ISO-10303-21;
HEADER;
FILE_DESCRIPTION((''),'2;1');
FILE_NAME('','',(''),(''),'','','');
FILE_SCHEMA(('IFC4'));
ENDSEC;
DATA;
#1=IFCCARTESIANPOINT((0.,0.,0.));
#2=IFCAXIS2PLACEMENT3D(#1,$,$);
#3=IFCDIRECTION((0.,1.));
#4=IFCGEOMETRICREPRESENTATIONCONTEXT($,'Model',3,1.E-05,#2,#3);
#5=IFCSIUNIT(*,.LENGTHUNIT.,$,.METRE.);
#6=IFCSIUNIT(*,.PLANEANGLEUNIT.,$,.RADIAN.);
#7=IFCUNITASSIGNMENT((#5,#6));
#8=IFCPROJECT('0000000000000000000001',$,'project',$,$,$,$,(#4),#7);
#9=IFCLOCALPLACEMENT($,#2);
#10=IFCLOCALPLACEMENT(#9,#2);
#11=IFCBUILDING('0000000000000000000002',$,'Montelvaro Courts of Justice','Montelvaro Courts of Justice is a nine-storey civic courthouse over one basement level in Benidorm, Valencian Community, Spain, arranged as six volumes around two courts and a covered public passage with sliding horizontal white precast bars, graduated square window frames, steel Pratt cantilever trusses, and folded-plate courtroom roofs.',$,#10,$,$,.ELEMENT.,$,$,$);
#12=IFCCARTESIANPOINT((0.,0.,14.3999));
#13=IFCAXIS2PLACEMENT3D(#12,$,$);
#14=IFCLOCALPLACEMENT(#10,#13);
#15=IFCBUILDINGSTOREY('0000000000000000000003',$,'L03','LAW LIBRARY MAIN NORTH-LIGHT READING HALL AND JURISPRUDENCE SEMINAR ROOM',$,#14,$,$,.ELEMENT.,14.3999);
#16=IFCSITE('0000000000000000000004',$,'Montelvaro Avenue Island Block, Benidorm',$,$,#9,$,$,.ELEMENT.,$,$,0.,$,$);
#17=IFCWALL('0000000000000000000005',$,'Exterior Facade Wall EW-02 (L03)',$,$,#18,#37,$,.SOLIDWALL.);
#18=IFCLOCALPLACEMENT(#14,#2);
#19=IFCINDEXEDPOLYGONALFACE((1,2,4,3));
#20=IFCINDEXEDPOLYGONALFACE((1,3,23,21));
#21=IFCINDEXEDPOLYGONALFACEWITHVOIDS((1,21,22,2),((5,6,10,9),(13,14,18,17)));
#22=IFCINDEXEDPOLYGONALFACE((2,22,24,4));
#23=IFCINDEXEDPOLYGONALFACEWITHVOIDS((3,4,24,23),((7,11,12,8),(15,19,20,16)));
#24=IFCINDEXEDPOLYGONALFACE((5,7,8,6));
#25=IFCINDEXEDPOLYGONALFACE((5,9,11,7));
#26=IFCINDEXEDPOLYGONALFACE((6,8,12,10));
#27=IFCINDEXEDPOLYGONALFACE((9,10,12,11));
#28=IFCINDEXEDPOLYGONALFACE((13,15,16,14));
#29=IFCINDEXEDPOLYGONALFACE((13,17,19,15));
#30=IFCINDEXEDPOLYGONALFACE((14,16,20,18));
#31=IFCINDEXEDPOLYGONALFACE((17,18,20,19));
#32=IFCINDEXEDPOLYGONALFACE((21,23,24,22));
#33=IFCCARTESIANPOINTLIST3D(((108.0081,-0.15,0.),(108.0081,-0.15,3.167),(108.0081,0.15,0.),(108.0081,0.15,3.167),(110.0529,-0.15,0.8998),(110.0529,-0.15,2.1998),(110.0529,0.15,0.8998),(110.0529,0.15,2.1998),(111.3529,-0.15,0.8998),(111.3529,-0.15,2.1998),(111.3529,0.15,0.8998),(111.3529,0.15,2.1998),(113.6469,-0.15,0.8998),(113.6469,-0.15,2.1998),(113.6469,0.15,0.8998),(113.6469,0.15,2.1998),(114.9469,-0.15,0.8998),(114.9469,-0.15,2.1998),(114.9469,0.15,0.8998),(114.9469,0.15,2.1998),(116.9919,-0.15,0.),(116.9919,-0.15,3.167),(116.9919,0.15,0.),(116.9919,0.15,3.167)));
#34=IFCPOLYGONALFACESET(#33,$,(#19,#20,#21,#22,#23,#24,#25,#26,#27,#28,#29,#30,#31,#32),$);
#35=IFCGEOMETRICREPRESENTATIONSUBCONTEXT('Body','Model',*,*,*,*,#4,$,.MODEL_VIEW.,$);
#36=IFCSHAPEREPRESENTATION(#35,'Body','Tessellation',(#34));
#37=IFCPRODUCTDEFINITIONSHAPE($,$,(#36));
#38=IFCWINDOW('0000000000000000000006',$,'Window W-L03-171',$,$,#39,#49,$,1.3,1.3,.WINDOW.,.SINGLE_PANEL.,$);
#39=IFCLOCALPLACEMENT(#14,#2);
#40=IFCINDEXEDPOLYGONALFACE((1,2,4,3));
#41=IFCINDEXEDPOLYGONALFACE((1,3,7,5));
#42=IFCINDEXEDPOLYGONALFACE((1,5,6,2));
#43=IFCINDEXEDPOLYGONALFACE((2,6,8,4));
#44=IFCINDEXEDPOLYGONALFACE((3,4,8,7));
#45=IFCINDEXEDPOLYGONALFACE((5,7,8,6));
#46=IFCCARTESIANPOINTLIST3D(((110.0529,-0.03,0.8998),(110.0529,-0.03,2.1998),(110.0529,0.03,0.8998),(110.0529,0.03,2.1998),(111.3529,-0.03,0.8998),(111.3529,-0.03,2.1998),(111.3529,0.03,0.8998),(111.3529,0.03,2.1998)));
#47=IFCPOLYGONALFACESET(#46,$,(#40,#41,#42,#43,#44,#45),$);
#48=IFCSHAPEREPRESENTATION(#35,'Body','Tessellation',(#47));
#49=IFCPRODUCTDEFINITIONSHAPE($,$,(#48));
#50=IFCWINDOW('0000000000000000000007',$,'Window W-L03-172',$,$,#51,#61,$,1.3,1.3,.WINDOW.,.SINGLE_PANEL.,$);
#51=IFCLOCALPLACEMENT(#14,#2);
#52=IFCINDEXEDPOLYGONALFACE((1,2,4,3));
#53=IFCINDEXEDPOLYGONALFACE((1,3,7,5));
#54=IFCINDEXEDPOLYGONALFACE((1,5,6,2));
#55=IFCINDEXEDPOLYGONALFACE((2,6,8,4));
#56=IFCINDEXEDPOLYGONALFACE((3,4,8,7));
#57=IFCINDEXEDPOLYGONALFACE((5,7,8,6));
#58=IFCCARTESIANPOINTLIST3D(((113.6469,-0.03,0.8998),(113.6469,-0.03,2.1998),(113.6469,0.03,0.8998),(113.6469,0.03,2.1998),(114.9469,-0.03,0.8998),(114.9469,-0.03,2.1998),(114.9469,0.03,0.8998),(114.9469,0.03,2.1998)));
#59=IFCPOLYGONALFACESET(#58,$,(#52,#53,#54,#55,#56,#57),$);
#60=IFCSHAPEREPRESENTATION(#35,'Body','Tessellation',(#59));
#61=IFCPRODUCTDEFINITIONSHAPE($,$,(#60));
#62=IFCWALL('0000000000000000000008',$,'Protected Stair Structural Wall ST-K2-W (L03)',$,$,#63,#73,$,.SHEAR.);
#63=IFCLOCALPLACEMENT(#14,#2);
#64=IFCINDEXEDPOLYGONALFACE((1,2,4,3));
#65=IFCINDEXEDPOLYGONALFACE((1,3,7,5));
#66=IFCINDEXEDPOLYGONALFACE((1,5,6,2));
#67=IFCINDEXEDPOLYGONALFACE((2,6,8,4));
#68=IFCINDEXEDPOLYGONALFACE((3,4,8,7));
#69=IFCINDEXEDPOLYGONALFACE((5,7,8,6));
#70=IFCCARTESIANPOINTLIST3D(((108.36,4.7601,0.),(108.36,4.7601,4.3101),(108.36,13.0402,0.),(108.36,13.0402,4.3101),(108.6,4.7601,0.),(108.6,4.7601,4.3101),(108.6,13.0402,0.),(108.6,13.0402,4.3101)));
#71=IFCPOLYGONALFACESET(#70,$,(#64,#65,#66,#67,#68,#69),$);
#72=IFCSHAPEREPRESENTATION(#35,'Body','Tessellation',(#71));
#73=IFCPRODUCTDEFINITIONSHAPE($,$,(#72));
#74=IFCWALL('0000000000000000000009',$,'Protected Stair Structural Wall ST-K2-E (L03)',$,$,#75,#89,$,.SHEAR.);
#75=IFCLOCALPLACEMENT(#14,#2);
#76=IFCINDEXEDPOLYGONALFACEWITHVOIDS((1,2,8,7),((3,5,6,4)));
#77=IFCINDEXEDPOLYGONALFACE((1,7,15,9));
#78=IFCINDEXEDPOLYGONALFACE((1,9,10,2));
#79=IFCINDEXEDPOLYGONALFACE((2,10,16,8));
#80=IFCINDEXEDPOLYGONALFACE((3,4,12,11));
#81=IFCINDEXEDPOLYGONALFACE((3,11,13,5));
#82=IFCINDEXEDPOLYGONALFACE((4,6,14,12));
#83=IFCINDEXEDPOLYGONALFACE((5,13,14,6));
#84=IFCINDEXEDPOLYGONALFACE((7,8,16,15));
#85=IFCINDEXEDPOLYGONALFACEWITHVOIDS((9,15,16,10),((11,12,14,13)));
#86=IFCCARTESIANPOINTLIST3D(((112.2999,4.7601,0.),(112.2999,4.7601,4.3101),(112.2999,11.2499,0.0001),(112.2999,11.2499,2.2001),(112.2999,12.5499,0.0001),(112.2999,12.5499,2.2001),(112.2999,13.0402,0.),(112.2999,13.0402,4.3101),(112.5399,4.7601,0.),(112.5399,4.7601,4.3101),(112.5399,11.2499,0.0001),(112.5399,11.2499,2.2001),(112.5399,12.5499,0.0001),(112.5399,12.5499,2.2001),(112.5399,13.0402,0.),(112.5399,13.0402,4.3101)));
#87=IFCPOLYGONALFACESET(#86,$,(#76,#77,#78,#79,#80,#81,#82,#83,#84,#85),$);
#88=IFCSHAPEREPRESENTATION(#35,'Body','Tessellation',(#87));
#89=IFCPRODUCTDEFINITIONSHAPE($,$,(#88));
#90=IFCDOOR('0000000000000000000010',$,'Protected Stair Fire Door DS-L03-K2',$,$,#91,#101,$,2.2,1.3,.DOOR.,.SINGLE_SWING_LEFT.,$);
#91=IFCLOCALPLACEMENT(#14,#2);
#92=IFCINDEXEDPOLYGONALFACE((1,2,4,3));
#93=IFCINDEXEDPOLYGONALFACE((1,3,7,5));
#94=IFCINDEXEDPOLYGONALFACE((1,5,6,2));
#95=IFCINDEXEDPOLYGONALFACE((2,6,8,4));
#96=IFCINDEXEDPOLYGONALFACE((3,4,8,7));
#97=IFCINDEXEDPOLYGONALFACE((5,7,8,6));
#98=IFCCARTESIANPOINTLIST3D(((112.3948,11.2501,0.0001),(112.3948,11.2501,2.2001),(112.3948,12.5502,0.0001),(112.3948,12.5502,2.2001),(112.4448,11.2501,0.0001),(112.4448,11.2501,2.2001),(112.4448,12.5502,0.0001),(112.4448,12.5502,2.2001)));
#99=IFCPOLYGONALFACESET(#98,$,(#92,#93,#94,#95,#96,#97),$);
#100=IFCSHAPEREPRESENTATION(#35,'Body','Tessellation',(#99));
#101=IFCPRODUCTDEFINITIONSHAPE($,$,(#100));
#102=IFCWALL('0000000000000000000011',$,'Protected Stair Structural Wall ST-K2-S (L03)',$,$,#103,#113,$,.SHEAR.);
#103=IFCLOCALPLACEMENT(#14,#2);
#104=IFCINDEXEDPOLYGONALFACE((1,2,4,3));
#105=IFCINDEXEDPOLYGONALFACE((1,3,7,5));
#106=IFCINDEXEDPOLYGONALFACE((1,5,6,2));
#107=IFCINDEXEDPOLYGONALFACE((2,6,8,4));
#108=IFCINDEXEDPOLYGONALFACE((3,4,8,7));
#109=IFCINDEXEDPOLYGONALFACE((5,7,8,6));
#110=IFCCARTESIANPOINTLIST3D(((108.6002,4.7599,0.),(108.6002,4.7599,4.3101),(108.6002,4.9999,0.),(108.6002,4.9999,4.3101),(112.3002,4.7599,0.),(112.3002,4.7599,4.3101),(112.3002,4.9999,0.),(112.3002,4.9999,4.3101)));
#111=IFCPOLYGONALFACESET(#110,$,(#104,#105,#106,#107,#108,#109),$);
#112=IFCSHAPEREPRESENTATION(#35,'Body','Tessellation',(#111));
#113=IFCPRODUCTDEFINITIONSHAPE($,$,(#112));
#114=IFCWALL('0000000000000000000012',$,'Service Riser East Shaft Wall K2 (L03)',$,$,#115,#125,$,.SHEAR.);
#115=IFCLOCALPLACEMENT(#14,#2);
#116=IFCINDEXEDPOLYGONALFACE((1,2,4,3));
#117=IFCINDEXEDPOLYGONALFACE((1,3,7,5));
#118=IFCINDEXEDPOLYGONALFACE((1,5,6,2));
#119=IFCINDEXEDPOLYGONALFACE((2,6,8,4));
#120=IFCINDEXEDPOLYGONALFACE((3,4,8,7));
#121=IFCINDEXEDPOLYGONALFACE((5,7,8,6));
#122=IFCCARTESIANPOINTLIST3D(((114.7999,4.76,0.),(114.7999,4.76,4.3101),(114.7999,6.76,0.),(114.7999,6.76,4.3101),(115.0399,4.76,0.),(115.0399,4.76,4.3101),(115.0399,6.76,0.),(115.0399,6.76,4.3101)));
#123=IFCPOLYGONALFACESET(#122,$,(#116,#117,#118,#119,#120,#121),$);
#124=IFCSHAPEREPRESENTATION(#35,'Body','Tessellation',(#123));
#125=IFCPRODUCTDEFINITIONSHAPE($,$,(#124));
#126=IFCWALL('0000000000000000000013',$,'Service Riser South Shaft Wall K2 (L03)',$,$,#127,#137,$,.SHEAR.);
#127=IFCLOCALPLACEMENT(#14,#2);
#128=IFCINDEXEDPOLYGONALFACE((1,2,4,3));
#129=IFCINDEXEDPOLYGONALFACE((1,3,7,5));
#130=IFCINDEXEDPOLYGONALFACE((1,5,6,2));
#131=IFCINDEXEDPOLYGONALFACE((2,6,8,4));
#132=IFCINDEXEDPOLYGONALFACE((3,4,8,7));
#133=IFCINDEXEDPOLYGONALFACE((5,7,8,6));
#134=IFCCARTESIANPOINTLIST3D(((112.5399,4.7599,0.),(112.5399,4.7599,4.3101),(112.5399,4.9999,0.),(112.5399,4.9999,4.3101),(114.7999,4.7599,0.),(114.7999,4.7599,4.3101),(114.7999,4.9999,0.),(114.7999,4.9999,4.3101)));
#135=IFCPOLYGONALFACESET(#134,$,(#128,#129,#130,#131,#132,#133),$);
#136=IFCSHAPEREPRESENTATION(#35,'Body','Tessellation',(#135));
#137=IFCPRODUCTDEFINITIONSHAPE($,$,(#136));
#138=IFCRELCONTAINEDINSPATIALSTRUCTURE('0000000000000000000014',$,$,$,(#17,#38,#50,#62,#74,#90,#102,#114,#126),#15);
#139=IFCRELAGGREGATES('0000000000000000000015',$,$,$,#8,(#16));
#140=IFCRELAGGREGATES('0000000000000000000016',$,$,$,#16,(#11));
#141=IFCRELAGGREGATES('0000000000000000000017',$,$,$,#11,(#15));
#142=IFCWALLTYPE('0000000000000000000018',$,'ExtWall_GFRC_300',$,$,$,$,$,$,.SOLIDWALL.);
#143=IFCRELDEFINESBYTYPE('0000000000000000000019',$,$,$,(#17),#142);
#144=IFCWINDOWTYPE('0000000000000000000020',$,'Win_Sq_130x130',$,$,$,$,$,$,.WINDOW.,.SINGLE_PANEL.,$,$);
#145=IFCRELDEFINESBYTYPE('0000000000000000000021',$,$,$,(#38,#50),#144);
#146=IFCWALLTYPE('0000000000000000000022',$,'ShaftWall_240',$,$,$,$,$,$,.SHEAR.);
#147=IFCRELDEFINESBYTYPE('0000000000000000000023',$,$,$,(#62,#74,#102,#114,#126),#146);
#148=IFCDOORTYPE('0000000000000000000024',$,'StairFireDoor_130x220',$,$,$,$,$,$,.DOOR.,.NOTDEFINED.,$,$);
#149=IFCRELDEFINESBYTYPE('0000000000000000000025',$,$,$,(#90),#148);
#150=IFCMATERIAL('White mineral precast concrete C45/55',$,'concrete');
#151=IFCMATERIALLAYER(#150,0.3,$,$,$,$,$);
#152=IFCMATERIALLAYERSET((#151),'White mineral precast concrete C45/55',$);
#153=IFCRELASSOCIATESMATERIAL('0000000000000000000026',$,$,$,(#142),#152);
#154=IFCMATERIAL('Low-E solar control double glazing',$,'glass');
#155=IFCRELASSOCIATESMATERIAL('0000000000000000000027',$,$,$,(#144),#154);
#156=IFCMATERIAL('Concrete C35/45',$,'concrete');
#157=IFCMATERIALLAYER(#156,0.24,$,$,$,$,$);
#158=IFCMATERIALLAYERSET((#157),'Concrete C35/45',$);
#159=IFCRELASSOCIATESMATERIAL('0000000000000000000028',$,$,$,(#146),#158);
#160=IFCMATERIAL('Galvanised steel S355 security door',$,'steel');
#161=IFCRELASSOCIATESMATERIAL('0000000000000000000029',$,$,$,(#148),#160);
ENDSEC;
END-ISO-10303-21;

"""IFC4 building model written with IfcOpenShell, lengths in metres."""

from ifc_helpers import new_model, si_unit, direction, frame, frame_2d, origin, place, context, subcontext, project, spatial, rectangle, extrude, material, layer, layer_set, type_object, element, fill, save


model = new_model("IFC4")

# Units and contexts
model_context = context("Model", 3, precision=1e-05, world=origin(), true_north=direction((0.0, 1.0)))
body_context = subcontext(model_context, "Body", "Model", "MODEL_VIEW")
ifc_project = project(units=[si_unit("LENGTHUNIT", "METRE"), si_unit("PLANEANGLEUNIT", "RADIAN")], contexts=[model_context])

# Site, building, storey
site_placement = place(None, origin())
site = spatial("IfcSite", under=ifc_project, at=site_placement, Name="Montelvaro Avenue Island Block, Benidorm", CompositionType="ELEMENT", RefElevation=0.0)
building_placement = place(site_placement, origin())
building = spatial("IfcBuilding", under=site, at=building_placement, Name="Montelvaro Courts of Justice", Description="Montelvaro Courts of Justice is a nine-storey civic courthouse over one basement level in Benidorm, Valencian Community, Spain, arranged as six volumes around two courts and a covered public passage with sliding horizontal white precast bars, graduated square window frames, steel Pratt cantilever trusses, and folded-plate courtroom roofs.", CompositionType="ELEMENT")
storey_placement = place(building_placement, frame((0.0, 0.0, 14.3999)))
storey = spatial("IfcBuildingStorey", under=building, at=storey_placement, Name="L03", Description="LAW LIBRARY MAIN NORTH-LIGHT READING HALL AND JURISPRUDENCE SEMINAR ROOM", CompositionType="ELEMENT", Elevation=14.3999)

# Shared definitions
ifc_material_1 = material(Name="White mineral precast concrete C45/55", Category="concrete")

# Wall, openings, windows
ifc_layer_1 = layer(ifc_material_1, 0.3)
ifc_layer_set_1 = layer_set([ifc_layer_1], Name="White mineral precast concrete C45/55")
wall_type_1 = type_object("IfcWallType", Name="ExtWall_GFRC_300", PredefinedType="SOLIDWALL", material=ifc_layer_set_1)
wall_1_placement = place(storey_placement, frame((108.0081, 0.0, 0.0), z_axis=(0.0, 0.0, 1.0), x_axis=(1.0, 0.0, 0.0)))
wall_1 = element("IfcWall", 1, at=wall_1_placement, inside=storey, type_object=wall_type_1, Name="Exterior Facade Wall EW-02 (L03)", PredefinedType="SOLIDWALL", context=body_context, shape_type="SweptSolid", body=[
    extrude(rectangle(XDim=8.9839, YDim=0.3, at=frame_2d((4.4919, 0.0))), origin(), (0.0, 0.0, 1.0), 3.167),
])
opening_1_placement = place(wall_1_placement, frame((2.0449, 0.0, 0.8999)))
opening_1 = element("IfcOpeningElement", 2, at=opening_1_placement, cuts=wall_1, PredefinedType="OPENING", context=body_context, shape_type="SweptSolid", body=[
    extrude(rectangle(XDim=1.3, YDim=1.3, at=frame_2d((0.6499, 0.6499))), frame((0.0, 0.165, 0.0), z_axis=(0.0, -1.0, 0.0), x_axis=(1.0, 0.0, 0.0)), (0.0, 0.0, 1.0), 0.3298),
])
opening_2_placement = place(wall_1_placement, frame((5.6389, 0.0, 0.8999)))
opening_2 = element("IfcOpeningElement", 3, at=opening_2_placement, cuts=wall_1, PredefinedType="OPENING", context=body_context, shape_type="SweptSolid", body=[
    extrude(rectangle(XDim=1.3, YDim=1.3, at=frame_2d((0.6499, 0.6499))), frame((0.0, 0.165, 0.0), z_axis=(0.0, -1.0, 0.0), x_axis=(1.0, 0.0, 0.0)), (0.0, 0.0, 1.0), 0.3298),
])
ifc_material_2 = material(Name="Low-E solar control double glazing", Category="glass")
window_type = type_object("IfcWindowType", Name="Win_Sq_130x130", PartitioningType="SINGLE_PANEL", PredefinedType="WINDOW", material=ifc_material_2)
window_1_placement = place(opening_1_placement, origin())
window_1 = element("IfcWindow", 4, at=window_1_placement, inside=storey, type_object=window_type, Name="Window W-L03-171", OverallHeight=1.3, OverallWidth=1.3, PartitioningType="SINGLE_PANEL", PredefinedType="WINDOW", context=body_context, shape_type="SweptSolid", body=[
    extrude(rectangle(XDim=1.3, YDim=1.3, at=frame_2d((0.6499, 0.6499))), frame((0.0, 0.03, 0.0), z_axis=(0.0, -1.0, 0.0), x_axis=(1.0, 0.0, 0.0)), (0.0, 0.0, 1.0), 0.0601),
])
fill(opening_1, window_1)
window_2_placement = place(opening_2_placement, origin())
window_2 = element("IfcWindow", 5, at=window_2_placement, inside=storey, type_object=window_type, Name="Window W-L03-172", OverallHeight=1.3, OverallWidth=1.3, PartitioningType="SINGLE_PANEL", PredefinedType="WINDOW", context=body_context, shape_type="SweptSolid", body=[
    extrude(rectangle(XDim=1.3, YDim=1.3, at=frame_2d((0.6499, 0.6499))), frame((0.0, 0.03, 0.0), z_axis=(0.0, -1.0, 0.0), x_axis=(1.0, 0.0, 0.0)), (0.0, 0.0, 1.0), 0.0601),
])
fill(opening_2, window_2)

# Wall
ifc_material_3 = material(Name="Concrete C35/45", Category="concrete")
ifc_layer_2 = layer(ifc_material_3, 0.24)
ifc_layer_set_2 = layer_set([ifc_layer_2], Name="Concrete C35/45")
wall_type_2 = type_object("IfcWallType", Name="ShaftWall_240", PredefinedType="SHEAR", material=ifc_layer_set_2)
wall_2_placement = place(storey_placement, frame((108.48, 4.76, 0.0), z_axis=(0.0, 0.0, 1.0), x_axis=(0.0, 1.0, 0.0)))
element("IfcWall", 6, at=wall_2_placement, inside=storey, type_object=wall_type_2, Name="Protected Stair Structural Wall ST-K2-W (L03)", PredefinedType="SHEAR", context=body_context, shape_type="SweptSolid", body=[
    extrude(rectangle(XDim=8.28, YDim=0.24, at=frame_2d((4.1401, 0.0))), origin(), (0.0, 0.0, 1.0), 4.3101),
])

# Wall, opening, door
wall_3_placement = place(storey_placement, frame((112.4199, 4.76, 0.0), z_axis=(0.0, 0.0, 1.0), x_axis=(0.0, 1.0, 0.0)))
wall_3 = element("IfcWall", 7, at=wall_3_placement, inside=storey, type_object=wall_type_2, Name="Protected Stair Structural Wall ST-K2-E (L03)", PredefinedType="SHEAR", context=body_context, shape_type="SweptSolid", body=[
    extrude(rectangle(XDim=8.28, YDim=0.24, at=frame_2d((4.1401, 0.0))), origin(), (0.0, 0.0, 1.0), 4.3101),
])
opening_3_placement = place(wall_3_placement, frame((6.49, 0.0, 0.0)))
opening_3 = element("IfcOpeningElement", 8, at=opening_3_placement, cuts=wall_3, PredefinedType="OPENING", context=body_context, shape_type="SweptSolid", body=[
    extrude(rectangle(XDim=1.3, YDim=2.2, at=frame_2d((0.6499, 1.1001))), frame((0.0, 0.1348, 0.0), z_axis=(0.0, -1.0, 0.0), x_axis=(1.0, 0.0, 0.0)), (0.0, 0.0, 1.0), 0.2698),
])
ifc_material_4 = material(Name="Galvanised steel S355 security door", Category="steel")
door_type = type_object("IfcDoorType", Name="StairFireDoor_130x220", OperationType="NOTDEFINED", PredefinedType="DOOR", material=ifc_material_4)
door_placement = place(opening_3_placement, frame((1.3, 0.0, 0.0), z_axis=(0.0, 0.0, 1.0), x_axis=(-1.0, 0.0, 0.0)))
door = element("IfcDoor", 9, at=door_placement, inside=storey, type_object=door_type, Name="Protected Stair Fire Door DS-L03-K2", OperationType="SINGLE_SWING_LEFT", OverallHeight=2.2, OverallWidth=1.3, PredefinedType="DOOR", context=body_context, shape_type="SweptSolid", body=[
    extrude(rectangle(XDim=1.3, YDim=2.2, at=frame_2d((0.6499, 1.1001))), frame((0.0, 0.0249, 0.0), z_axis=(0.0, -1.0, 0.0), x_axis=(1.0, 0.0, 0.0)), (0.0, 0.0, 1.0), 0.05),
])
fill(opening_3, door)

# Walls
wall_4_placement = place(storey_placement, frame((108.6001, 4.8799, 0.0), z_axis=(0.0, 0.0, 1.0), x_axis=(1.0, 0.0, 0.0)))
element("IfcWall", 10, at=wall_4_placement, inside=storey, type_object=wall_type_2, Name="Protected Stair Structural Wall ST-K2-S (L03)", PredefinedType="SHEAR", context=body_context, shape_type="SweptSolid", body=[
    extrude(rectangle(XDim=3.7, YDim=0.24, at=frame_2d((1.8501, 0.0))), origin(), (0.0, 0.0, 1.0), 4.3101),
])
wall_5_placement = place(storey_placement, frame((114.9199, 4.76, 0.0), z_axis=(0.0, 0.0, 1.0), x_axis=(0.0, 1.0, 0.0)))
element("IfcWall", 11, at=wall_5_placement, inside=storey, type_object=wall_type_2, Name="Service Riser East Shaft Wall K2 (L03)", PredefinedType="SHEAR", context=body_context, shape_type="SweptSolid", body=[
    extrude(rectangle(XDim=2.0, YDim=0.24, at=frame_2d((1.0, 0.0))), origin(), (0.0, 0.0, 1.0), 4.3101),
])
wall_6_placement = place(storey_placement, frame((112.54, 4.8799, 0.0), z_axis=(0.0, 0.0, 1.0), x_axis=(1.0, 0.0, 0.0)))
element("IfcWall", 12, at=wall_6_placement, inside=storey, type_object=wall_type_2, Name="Service Riser South Shaft Wall K2 (L03)", PredefinedType="SHEAR", context=body_context, shape_type="SweptSolid", body=[
    extrude(rectangle(XDim=2.26, YDim=0.24, at=frame_2d((1.1299, 0.0))), origin(), (0.0, 0.0, 1.0), 4.3101),
])

save(model, "model.ifc")
